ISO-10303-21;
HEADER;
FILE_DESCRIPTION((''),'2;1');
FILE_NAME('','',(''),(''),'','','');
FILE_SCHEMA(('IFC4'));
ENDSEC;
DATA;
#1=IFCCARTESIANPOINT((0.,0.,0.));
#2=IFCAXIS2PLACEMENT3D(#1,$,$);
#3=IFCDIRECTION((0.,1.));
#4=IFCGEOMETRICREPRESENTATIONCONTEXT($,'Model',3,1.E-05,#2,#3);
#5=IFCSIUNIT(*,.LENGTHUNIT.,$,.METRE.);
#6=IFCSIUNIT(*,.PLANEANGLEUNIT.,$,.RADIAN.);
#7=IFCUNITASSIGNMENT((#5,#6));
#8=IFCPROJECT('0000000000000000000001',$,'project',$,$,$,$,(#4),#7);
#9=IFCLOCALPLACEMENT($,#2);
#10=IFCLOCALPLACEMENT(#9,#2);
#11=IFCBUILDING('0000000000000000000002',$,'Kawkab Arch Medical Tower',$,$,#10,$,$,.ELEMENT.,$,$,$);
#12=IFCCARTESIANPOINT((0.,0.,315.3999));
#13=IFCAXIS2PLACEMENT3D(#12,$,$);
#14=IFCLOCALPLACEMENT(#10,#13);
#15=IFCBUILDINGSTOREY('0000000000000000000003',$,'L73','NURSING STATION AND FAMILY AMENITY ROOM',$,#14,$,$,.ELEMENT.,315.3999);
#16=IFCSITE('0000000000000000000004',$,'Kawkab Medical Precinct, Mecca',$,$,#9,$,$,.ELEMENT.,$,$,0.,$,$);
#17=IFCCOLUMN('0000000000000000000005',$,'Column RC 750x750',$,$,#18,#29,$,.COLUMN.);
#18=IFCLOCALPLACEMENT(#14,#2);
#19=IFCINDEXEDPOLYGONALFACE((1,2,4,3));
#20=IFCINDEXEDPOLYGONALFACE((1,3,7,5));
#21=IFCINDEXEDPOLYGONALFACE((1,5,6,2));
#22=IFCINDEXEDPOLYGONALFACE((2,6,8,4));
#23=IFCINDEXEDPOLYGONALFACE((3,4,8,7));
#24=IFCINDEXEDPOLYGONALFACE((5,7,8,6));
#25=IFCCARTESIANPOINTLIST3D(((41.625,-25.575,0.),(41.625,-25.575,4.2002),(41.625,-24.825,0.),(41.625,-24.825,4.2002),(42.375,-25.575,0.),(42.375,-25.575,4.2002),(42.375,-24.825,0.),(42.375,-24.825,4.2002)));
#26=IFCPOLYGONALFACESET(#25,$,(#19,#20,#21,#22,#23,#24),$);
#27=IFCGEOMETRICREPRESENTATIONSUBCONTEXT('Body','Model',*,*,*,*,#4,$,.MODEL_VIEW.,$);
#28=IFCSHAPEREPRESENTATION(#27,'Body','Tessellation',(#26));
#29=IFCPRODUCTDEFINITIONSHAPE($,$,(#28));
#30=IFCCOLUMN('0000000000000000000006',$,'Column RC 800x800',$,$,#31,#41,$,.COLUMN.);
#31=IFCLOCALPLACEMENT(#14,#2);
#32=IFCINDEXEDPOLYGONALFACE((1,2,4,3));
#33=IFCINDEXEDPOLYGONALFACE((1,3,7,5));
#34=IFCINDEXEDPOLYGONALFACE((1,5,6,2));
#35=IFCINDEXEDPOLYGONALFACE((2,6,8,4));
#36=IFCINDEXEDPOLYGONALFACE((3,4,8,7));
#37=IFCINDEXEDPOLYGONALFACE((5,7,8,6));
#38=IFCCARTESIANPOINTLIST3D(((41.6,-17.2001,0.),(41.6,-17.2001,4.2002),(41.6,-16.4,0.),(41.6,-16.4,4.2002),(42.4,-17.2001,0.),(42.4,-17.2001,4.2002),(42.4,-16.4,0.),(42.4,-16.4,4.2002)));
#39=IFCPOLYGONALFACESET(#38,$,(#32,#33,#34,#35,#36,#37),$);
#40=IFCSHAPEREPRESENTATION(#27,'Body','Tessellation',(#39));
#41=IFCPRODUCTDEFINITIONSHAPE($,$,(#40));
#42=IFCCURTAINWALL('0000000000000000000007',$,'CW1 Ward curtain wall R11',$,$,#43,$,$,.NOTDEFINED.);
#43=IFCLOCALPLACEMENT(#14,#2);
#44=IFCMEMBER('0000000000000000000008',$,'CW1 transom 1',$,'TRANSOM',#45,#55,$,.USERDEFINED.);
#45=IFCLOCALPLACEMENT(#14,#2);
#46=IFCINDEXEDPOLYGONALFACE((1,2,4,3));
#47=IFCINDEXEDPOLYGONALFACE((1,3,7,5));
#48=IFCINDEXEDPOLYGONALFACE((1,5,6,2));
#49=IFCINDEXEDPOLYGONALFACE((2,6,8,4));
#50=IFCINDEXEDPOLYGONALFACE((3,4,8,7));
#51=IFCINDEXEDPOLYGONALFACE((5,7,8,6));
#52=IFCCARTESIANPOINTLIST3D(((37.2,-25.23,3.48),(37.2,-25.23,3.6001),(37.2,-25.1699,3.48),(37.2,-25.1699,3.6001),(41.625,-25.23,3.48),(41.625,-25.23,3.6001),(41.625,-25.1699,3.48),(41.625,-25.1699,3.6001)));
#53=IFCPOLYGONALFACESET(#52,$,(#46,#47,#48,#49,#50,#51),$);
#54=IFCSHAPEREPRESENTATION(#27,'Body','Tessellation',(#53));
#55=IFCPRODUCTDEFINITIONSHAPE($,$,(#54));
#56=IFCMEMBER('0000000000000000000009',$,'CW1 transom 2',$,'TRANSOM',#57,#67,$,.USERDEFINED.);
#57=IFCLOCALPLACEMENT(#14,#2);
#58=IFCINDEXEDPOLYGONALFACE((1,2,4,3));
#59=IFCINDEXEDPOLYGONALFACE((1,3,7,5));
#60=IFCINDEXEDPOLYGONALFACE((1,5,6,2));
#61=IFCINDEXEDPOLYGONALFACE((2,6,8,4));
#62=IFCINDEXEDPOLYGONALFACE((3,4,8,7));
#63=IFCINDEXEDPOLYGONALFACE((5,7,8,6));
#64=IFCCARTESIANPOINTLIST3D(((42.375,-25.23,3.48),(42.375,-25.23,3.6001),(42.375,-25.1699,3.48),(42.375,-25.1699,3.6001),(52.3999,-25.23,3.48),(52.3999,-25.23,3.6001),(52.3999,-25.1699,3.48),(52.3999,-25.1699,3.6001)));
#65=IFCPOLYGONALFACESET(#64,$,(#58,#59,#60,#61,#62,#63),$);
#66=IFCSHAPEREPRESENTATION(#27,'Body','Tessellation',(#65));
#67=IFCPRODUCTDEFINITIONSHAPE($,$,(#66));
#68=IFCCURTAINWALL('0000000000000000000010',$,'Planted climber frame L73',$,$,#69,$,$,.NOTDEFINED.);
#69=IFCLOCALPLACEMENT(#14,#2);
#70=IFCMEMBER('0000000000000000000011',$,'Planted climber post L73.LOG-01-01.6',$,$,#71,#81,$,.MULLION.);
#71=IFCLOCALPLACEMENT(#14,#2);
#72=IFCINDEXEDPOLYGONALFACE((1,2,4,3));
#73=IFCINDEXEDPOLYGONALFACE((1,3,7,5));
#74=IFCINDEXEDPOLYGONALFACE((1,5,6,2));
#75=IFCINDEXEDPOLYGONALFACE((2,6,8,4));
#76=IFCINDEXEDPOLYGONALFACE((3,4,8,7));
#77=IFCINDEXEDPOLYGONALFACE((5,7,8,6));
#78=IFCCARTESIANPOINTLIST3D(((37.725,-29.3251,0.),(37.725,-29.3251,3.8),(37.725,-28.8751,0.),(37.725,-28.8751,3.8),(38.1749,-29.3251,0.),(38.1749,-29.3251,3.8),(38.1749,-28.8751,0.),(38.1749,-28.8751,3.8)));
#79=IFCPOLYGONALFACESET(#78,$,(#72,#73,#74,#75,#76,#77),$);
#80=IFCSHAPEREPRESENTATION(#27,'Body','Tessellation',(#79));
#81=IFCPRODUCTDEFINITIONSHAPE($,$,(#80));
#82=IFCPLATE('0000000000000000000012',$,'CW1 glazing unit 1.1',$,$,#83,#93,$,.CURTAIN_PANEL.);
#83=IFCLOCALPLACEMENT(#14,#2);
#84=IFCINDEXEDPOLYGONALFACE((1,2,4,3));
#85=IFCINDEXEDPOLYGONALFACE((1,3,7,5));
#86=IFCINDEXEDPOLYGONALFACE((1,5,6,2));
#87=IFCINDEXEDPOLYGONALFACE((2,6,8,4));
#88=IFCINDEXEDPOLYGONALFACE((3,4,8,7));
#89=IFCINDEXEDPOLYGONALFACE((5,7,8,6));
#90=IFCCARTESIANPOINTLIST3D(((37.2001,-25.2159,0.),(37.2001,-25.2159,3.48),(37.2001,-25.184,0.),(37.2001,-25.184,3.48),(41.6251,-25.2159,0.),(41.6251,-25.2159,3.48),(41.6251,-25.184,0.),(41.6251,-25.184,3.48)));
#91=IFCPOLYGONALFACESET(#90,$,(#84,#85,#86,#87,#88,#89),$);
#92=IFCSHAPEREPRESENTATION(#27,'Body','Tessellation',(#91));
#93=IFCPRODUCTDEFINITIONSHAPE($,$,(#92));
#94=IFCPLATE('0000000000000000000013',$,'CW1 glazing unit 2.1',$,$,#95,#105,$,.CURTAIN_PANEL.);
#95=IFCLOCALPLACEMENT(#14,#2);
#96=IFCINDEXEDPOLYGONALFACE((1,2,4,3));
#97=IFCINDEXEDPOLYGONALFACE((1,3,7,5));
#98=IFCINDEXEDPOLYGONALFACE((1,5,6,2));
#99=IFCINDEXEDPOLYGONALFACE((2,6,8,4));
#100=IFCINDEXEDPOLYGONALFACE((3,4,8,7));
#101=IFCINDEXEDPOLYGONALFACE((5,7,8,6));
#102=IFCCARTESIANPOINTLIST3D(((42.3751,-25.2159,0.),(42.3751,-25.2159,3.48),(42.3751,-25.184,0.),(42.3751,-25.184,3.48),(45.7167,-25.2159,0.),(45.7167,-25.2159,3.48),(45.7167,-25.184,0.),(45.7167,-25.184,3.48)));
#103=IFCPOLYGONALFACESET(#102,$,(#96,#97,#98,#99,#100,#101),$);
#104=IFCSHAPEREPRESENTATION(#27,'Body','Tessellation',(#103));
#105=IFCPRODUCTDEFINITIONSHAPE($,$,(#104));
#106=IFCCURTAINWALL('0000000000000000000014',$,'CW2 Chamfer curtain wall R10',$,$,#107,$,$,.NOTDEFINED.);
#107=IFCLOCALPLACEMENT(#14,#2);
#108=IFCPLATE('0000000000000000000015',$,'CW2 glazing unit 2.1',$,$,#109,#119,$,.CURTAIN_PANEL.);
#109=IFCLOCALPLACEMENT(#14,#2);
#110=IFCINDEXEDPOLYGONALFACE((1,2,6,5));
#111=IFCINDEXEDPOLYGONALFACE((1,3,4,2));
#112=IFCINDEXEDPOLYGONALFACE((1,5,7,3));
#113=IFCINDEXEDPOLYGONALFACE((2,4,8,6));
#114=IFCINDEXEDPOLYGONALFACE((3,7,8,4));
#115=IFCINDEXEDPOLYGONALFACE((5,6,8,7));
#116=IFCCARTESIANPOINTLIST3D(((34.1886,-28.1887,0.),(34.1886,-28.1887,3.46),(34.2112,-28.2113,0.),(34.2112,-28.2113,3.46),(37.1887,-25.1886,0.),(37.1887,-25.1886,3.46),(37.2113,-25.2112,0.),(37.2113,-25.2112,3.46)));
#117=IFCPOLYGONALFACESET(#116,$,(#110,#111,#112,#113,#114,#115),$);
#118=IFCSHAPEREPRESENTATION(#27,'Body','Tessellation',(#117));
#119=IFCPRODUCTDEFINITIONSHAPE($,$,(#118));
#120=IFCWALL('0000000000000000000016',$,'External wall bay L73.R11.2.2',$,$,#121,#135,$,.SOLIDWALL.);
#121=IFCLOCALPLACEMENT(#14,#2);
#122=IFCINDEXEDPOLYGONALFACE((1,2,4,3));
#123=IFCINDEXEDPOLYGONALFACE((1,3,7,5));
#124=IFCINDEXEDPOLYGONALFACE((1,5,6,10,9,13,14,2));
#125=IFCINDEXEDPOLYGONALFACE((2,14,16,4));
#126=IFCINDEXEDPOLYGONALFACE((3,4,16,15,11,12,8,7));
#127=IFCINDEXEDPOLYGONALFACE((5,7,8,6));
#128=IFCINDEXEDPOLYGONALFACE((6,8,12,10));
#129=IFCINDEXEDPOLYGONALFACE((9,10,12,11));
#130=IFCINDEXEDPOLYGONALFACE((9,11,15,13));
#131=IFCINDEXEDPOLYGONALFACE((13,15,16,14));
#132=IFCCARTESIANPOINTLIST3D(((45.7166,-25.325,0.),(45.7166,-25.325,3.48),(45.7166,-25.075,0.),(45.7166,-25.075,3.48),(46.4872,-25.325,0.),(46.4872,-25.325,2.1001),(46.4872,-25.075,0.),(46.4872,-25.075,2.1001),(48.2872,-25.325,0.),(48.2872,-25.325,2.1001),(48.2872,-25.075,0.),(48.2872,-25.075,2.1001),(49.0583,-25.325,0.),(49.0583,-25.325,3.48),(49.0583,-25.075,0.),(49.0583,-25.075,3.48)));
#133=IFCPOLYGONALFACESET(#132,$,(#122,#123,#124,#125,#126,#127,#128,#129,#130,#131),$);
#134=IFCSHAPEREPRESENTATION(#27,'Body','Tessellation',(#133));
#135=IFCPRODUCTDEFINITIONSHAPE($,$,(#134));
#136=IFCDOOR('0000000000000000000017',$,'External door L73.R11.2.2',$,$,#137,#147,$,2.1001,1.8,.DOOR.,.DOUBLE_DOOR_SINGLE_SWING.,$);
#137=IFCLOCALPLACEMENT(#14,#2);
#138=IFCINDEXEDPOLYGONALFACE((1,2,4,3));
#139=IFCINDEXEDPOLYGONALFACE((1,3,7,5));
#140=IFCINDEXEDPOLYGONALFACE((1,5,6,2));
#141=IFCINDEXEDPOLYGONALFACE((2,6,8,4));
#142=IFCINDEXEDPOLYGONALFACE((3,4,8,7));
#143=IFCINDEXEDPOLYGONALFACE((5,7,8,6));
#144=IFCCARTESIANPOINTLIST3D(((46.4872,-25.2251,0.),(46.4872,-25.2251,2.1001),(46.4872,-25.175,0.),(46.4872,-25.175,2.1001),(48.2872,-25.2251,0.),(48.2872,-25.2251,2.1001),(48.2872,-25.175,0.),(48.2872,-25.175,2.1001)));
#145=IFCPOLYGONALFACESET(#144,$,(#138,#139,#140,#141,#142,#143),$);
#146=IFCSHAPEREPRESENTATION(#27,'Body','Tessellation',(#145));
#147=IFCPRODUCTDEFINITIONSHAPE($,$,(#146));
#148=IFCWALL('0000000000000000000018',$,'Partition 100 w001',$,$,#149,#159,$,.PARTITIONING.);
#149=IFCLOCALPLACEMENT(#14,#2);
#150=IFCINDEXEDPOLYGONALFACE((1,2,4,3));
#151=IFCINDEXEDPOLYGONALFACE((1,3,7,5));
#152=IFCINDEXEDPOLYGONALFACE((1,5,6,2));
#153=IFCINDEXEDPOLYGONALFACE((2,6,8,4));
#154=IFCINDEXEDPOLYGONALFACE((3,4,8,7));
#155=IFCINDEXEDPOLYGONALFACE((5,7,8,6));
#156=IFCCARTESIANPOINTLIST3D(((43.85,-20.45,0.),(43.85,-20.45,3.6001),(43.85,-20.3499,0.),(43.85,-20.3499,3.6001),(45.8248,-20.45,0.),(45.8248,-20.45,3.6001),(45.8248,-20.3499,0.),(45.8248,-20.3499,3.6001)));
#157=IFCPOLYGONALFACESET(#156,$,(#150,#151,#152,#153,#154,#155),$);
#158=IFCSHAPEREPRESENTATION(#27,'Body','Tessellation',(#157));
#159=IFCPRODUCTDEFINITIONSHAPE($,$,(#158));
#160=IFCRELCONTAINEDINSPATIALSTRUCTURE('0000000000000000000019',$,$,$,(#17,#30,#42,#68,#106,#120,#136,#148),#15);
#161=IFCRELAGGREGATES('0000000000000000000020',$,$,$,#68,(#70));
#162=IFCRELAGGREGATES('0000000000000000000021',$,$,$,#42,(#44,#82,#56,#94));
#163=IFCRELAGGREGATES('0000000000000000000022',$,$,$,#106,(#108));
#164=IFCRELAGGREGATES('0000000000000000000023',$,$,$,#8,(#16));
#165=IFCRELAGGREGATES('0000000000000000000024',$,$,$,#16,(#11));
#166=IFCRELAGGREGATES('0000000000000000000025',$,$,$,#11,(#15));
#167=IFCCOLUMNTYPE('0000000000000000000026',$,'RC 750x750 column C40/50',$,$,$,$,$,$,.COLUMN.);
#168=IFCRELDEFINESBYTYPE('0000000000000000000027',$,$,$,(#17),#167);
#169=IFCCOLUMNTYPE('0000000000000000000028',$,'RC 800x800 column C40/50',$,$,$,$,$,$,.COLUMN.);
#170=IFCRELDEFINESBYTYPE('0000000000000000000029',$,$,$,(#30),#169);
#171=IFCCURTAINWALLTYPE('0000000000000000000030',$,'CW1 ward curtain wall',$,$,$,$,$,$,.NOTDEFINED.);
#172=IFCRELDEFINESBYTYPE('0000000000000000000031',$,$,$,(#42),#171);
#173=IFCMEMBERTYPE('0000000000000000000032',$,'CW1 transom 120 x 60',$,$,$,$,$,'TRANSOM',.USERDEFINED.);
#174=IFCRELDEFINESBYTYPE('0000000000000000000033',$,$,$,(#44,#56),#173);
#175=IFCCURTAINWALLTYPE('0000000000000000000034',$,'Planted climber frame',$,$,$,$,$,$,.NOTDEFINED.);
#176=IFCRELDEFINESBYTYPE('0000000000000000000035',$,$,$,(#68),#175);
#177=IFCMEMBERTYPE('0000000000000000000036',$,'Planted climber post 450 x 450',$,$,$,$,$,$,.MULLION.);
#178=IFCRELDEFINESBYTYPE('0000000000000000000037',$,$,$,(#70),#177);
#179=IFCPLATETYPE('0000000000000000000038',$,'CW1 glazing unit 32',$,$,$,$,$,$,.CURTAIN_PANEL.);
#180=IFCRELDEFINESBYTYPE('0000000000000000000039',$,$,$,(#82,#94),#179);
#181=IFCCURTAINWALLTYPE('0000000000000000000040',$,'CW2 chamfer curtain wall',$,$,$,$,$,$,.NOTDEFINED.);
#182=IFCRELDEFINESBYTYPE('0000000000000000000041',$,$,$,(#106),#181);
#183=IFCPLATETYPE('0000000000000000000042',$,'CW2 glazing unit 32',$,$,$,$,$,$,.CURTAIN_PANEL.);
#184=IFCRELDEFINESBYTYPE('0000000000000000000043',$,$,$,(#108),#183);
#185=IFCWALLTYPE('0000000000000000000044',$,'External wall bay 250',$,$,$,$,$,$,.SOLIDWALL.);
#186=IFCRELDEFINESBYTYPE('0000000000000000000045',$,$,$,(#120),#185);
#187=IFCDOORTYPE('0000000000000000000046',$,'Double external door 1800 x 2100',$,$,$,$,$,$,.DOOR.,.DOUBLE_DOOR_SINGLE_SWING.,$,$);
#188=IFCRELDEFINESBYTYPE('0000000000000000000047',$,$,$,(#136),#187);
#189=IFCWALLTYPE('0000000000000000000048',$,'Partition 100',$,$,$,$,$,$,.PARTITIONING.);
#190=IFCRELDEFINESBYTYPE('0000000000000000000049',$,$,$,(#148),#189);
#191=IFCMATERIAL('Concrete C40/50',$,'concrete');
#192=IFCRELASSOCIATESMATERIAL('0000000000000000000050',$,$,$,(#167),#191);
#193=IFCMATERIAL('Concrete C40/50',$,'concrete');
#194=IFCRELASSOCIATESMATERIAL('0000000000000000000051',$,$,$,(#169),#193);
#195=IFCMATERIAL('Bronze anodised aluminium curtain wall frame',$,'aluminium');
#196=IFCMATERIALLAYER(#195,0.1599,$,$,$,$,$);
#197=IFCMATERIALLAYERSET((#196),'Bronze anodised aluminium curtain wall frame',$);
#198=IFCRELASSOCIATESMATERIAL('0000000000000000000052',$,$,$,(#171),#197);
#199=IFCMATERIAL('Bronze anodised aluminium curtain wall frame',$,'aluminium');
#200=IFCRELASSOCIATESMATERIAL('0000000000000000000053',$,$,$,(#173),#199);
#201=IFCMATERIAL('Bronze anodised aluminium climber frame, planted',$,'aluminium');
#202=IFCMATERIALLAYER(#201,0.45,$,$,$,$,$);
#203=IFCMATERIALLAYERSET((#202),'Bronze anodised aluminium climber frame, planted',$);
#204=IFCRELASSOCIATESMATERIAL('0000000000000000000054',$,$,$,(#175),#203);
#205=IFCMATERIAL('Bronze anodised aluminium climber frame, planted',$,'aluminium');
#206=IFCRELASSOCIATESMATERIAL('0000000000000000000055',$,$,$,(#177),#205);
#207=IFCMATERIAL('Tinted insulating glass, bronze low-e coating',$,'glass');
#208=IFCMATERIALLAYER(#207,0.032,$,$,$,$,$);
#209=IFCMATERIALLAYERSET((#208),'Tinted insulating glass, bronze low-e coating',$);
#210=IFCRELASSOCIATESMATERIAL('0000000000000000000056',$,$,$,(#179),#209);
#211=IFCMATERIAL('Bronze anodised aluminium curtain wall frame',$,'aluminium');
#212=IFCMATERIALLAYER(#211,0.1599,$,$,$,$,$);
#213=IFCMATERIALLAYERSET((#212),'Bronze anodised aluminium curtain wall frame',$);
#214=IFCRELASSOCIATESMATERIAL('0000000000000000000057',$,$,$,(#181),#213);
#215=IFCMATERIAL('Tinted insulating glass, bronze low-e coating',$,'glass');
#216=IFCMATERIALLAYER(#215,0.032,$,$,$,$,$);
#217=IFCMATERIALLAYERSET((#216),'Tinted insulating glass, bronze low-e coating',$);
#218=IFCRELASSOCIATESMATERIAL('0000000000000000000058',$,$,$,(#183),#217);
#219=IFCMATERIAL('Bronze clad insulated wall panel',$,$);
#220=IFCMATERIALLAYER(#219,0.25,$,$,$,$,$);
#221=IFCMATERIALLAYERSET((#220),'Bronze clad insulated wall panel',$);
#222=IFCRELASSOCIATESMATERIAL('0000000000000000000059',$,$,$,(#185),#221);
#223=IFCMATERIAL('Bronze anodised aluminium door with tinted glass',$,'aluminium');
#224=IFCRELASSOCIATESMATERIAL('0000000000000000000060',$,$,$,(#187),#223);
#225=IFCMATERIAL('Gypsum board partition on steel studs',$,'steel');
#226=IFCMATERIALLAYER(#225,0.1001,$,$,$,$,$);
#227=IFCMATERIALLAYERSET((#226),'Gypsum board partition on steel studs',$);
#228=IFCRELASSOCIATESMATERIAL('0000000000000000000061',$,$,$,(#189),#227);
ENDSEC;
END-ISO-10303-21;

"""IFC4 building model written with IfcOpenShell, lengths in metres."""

from ifc_helpers import new_model, si_unit, direction, frame, frame_2d, origin, origin_2d, place, context, subcontext, project, spatial, rectangle, extrude, material, layer, layer_set, material_profile, profile_set, type_object, element, fill, aggregate, save


model = new_model("IFC4")

# Units and contexts
model_context = context("Model", 3, precision=1e-05, world=origin(), true_north=direction((0.0, 1.0)))
body_context = subcontext(model_context, "Body", "Model", "MODEL_VIEW")
ifc_project = project(units=[si_unit("LENGTHUNIT", "METRE"), si_unit("PLANEANGLEUNIT", "RADIAN")], contexts=[model_context])

# Site, building, storey
site_placement = place(None, origin())
site = spatial("IfcSite", under=ifc_project, at=site_placement, Name="Kawkab Medical Precinct, Mecca", CompositionType="ELEMENT", RefElevation=0.0)
building_placement = place(site_placement, origin())
building = spatial("IfcBuilding", under=site, at=building_placement, Name="Kawkab Arch Medical Tower", CompositionType="ELEMENT")
storey_placement = place(building_placement, frame((0.0, 0.0, 315.3999)))
storey = spatial("IfcBuildingStorey", under=building, at=storey_placement, Name="L73", Description="NURSING STATION AND FAMILY AMENITY ROOM", CompositionType="ELEMENT", Elevation=315.3999)

# Columns
ifc_material_1 = material(Name="Concrete C40/50", Category="concrete")
ifc_material_profile_1 = material_profile(ifc_material_1, rectangle(XDim=0.75, YDim=0.75, at=origin_2d()), Name="RC 750x750")
ifc_profile_set_1 = profile_set([ifc_material_profile_1], Name="Concrete C40/50")
column_type_1 = type_object("IfcColumnType", Name="RC 750x750 column C40/50", PredefinedType="COLUMN", material=ifc_profile_set_1)
column_1_placement = place(storey_placement, frame((42.0, -25.2, 0.0), z_axis=(0.0, 0.0, 1.0), x_axis=(1.0, 0.0, 0.0)))
element("IfcColumn", 1, at=column_1_placement, inside=storey, type_object=column_type_1, Name="Column RC 750x750", PredefinedType="COLUMN", context=body_context, shape_type="SweptSolid", body=[
    extrude(rectangle(XDim=0.75, YDim=0.75, at=origin_2d()), origin(), (0.0, 0.0, 1.0), 4.2002),
])
ifc_material_2 = material(Name="Concrete C40/50", Category="concrete")
ifc_material_profile_2 = material_profile(ifc_material_2, rectangle(XDim=0.8, YDim=0.8, at=origin_2d()), Name="RC 800x800")
ifc_profile_set_2 = profile_set([ifc_material_profile_2], Name="Concrete C40/50")
column_type_2 = type_object("IfcColumnType", Name="RC 800x800 column C40/50", PredefinedType="COLUMN", material=ifc_profile_set_2)
column_2_placement = place(storey_placement, frame((42.0, -16.8, 0.0), z_axis=(0.0, 0.0, 1.0), x_axis=(1.0, 0.0, 0.0)))
element("IfcColumn", 2, at=column_2_placement, inside=storey, type_object=column_type_2, Name="Column RC 800x800", PredefinedType="COLUMN", context=body_context, shape_type="SweptSolid", body=[
    extrude(rectangle(XDim=0.8, YDim=0.8, at=origin_2d()), origin(), (0.0, 0.0, 1.0), 4.2002),
])

# Curtain wall, members
ifc_material_3 = material(Name="Bronze anodised aluminium curtain wall frame", Category="aluminium")
ifc_layer_1 = layer(ifc_material_3, 0.1599)
ifc_layer_set_1 = layer_set([ifc_layer_1], Name="Bronze anodised aluminium curtain wall frame")
curtain_wall_type_1 = type_object("IfcCurtainWallType", Name="CW1 ward curtain wall", PredefinedType="NOTDEFINED", material=ifc_layer_set_1)
placement = place(storey_placement, origin())
curtain_wall_1 = element("IfcCurtainWall", 3, at=placement, inside=storey, type_object=curtain_wall_type_1, Name="CW1 Ward curtain wall R11", PredefinedType="NOTDEFINED")
ifc_material_4 = material(Name="Bronze anodised aluminium curtain wall frame", Category="aluminium")
ifc_material_profile_3 = material_profile(ifc_material_4, rectangle(XDim=0.0601, YDim=0.1201, at=origin_2d()), Name="AL 60x120")
ifc_profile_set_3 = profile_set([ifc_material_profile_3], Name="Bronze anodised aluminium curtain wall frame")
member_type_1 = type_object("IfcMemberType", Name="CW1 transom 120 x 60", ElementType="TRANSOM", PredefinedType="USERDEFINED", material=ifc_profile_set_3)
member_1_placement = place(storey_placement, frame((37.2, -25.2, 3.54), z_axis=(1.0, 0.0, 0.0), x_axis=(0.0, 1.0, 0.0)))
member_1 = element("IfcMember", 4, at=member_1_placement, type_object=member_type_1, Name="CW1 transom 1", ObjectType="TRANSOM", PredefinedType="USERDEFINED", context=body_context, shape_type="SweptSolid", body=[
    extrude(rectangle(XDim=0.0601, YDim=0.1201, at=origin_2d()), origin(), (0.0, 0.0, 1.0), 4.425),
])
member_2_placement = place(storey_placement, frame((42.375, -25.2, 3.54), z_axis=(1.0, 0.0, 0.0), x_axis=(0.0, 1.0, 0.0)))
member_2 = element("IfcMember", 5, at=member_2_placement, type_object=member_type_1, Name="CW1 transom 2", ObjectType="TRANSOM", PredefinedType="USERDEFINED", context=body_context, shape_type="SweptSolid", body=[
    extrude(rectangle(XDim=0.0601, YDim=0.1201, at=origin_2d()), origin(), (0.0, 0.0, 1.0), 10.0249),
])

# Curtain wall, member
ifc_material_5 = material(Name="Bronze anodised aluminium climber frame, planted", Category="aluminium")
ifc_layer_2 = layer(ifc_material_5, 0.45)
ifc_layer_set_2 = layer_set([ifc_layer_2], Name="Bronze anodised aluminium climber frame, planted")
curtain_wall_type_2 = type_object("IfcCurtainWallType", Name="Planted climber frame", PredefinedType="NOTDEFINED", material=ifc_layer_set_2)
curtain_wall_2 = element("IfcCurtainWall", 6, at=placement, inside=storey, type_object=curtain_wall_type_2, Name="Planted climber frame L73", PredefinedType="NOTDEFINED")
ifc_material_6 = material(Name="Bronze anodised aluminium climber frame, planted", Category="aluminium")
ifc_material_profile_4 = material_profile(ifc_material_6, rectangle(XDim=0.45, YDim=0.45, at=origin_2d()), Name="Post 450x450")
ifc_profile_set_4 = profile_set([ifc_material_profile_4], Name="Bronze anodised aluminium climber frame, planted")
member_type_2 = type_object("IfcMemberType", Name="Planted climber post 450 x 450", PredefinedType="MULLION", material=ifc_profile_set_4)
member_3_placement = place(storey_placement, frame((37.95, -29.1001, 0.0), z_axis=(0.0, 0.0, 1.0), x_axis=(1.0, 0.0, 0.0)))
member_3 = element("IfcMember", 7, at=member_3_placement, type_object=member_type_2, Name="Planted climber post L73.LOG-01-01.6", PredefinedType="MULLION", context=body_context, shape_type="SweptSolid", body=[
    extrude(rectangle(XDim=0.45, YDim=0.45, at=origin_2d()), origin(), (0.0, 0.0, 1.0), 3.8),
])
aggregate(curtain_wall_2, [member_3])

# Plates
ifc_material_7 = material(Name="Tinted insulating glass, bronze low-e coating", Category="glass")
ifc_layer_3 = layer(ifc_material_7, 0.032)
ifc_layer_set_3 = layer_set([ifc_layer_3], Name="Tinted insulating glass, bronze low-e coating")
plate_type_1 = type_object("IfcPlateType", Name="CW1 glazing unit 32", PredefinedType="CURTAIN_PANEL", material=ifc_layer_set_3)
plate_1_placement = place(storey_placement, frame((39.4126, -25.2, 0.0), z_axis=(0.0, 0.0, 1.0), x_axis=(1.0, 0.0, 0.0)))
plate_1 = element("IfcPlate", 8, at=plate_1_placement, type_object=plate_type_1, Name="CW1 glazing unit 1.1", PredefinedType="CURTAIN_PANEL", context=body_context, shape_type="SweptSolid", body=[
    extrude(rectangle(XDim=4.425, YDim=0.032, at=origin_2d()), origin(), (0.0, 0.0, 1.0), 3.48),
])
plate_2_placement = place(storey_placement, frame((44.0459, -25.2, 0.0), z_axis=(0.0, 0.0, 1.0), x_axis=(1.0, 0.0, 0.0)))
plate_2 = element("IfcPlate", 9, at=plate_2_placement, type_object=plate_type_1, Name="CW1 glazing unit 2.1", PredefinedType="CURTAIN_PANEL", context=body_context, shape_type="SweptSolid", body=[
    extrude(rectangle(XDim=3.3416, YDim=0.032, at=origin_2d()), origin(), (0.0, 0.0, 1.0), 3.48),
])
aggregate(curtain_wall_1, [member_1, plate_1, member_2, plate_2])

# Curtain wall, plate
ifc_material_8 = material(Name="Bronze anodised aluminium curtain wall frame", Category="aluminium")
ifc_layer_4 = layer(ifc_material_8, 0.1599)
ifc_layer_set_4 = layer_set([ifc_layer_4], Name="Bronze anodised aluminium curtain wall frame")
curtain_wall_type_3 = type_object("IfcCurtainWallType", Name="CW2 chamfer curtain wall", PredefinedType="NOTDEFINED", material=ifc_layer_set_4)
curtain_wall_3 = element("IfcCurtainWall", 10, at=placement, inside=storey, type_object=curtain_wall_type_3, Name="CW2 Chamfer curtain wall R10", PredefinedType="NOTDEFINED")
ifc_material_9 = material(Name="Tinted insulating glass, bronze low-e coating", Category="glass")
ifc_layer_5 = layer(ifc_material_9, 0.032)
ifc_layer_set_5 = layer_set([ifc_layer_5], Name="Tinted insulating glass, bronze low-e coating")
plate_type_2 = type_object("IfcPlateType", Name="CW2 glazing unit 32", PredefinedType="CURTAIN_PANEL", material=ifc_layer_set_5)
plate_3_placement = place(storey_placement, frame((35.7, -26.7, 0.0), z_axis=(0.0, 0.0, 1.0), x_axis=(0.707107, 0.707107, 0.0)))
plate_3 = element("IfcPlate", 11, at=plate_3_placement, type_object=plate_type_2, Name="CW2 glazing unit 2.1", PredefinedType="CURTAIN_PANEL", context=body_context, shape_type="SweptSolid", body=[
    extrude(rectangle(XDim=4.2427, YDim=0.032, at=origin_2d()), origin(), (0.0, 0.0, 1.0), 3.46),
])
aggregate(curtain_wall_3, [plate_3])

# Wall, opening, door
ifc_material_10 = material(Name="Bronze clad insulated wall panel")
ifc_layer_6 = layer(ifc_material_10, 0.25)
ifc_layer_set_6 = layer_set([ifc_layer_6], Name="Bronze clad insulated wall panel")
wall_type_1 = type_object("IfcWallType", Name="External wall bay 250", PredefinedType="SOLIDWALL", material=ifc_layer_set_6)
wall_1_placement = place(storey_placement, frame((45.7166, -25.2, 0.0), z_axis=(0.0, 0.0, 1.0), x_axis=(1.0, 0.0, 0.0)))
wall_1 = element("IfcWall", 12, at=wall_1_placement, inside=storey, type_object=wall_type_1, Name="External wall bay L73.R11.2.2", PredefinedType="SOLIDWALL", context=body_context, shape_type="SweptSolid", body=[
    extrude(rectangle(XDim=3.3418, YDim=0.25, at=frame_2d((1.6709, 0.0))), origin(), (0.0, 0.0, 1.0), 3.48),
])
opening_1_placement = place(wall_1_placement, frame((0.7708, 0.0, 0.0)))
opening_1 = element("IfcOpeningElement", 13, at=opening_1_placement, cuts=wall_1, PredefinedType="OPENING", context=body_context, shape_type="SweptSolid", body=[
    extrude(rectangle(XDim=1.8, YDim=2.1001, at=frame_2d((0.8999, 1.05))), frame((0.0, 0.135, 0.0), z_axis=(0.0, -1.0, 0.0), x_axis=(1.0, 0.0, 0.0)), (0.0, 0.0, 1.0), 0.27),
])
ifc_material_11 = material(Name="Bronze anodised aluminium door with tinted glass", Category="aluminium")
door_type_1 = type_object("IfcDoorType", Name="Double external door 1800 x 2100", OperationType="DOUBLE_DOOR_SINGLE_SWING", PredefinedType="DOOR", material=ifc_material_11)
door_1_placement = place(opening_1_placement, origin())
door_1 = element("IfcDoor", 14, at=door_1_placement, inside=storey, type_object=door_type_1, Name="External door L73.R11.2.2", OperationType="DOUBLE_DOOR_SINGLE_SWING", OverallHeight=2.1001, OverallWidth=1.8, PredefinedType="DOOR", context=body_context, shape_type="SweptSolid", body=[
    extrude(rectangle(XDim=1.8, YDim=2.1001, at=frame_2d((0.8999, 1.05))), frame((0.0, 0.0249, 0.0), z_axis=(0.0, -1.0, 0.0), x_axis=(1.0, 0.0, 0.0)), (0.0, 0.0, 1.0), 0.05),
])
fill(opening_1, door_1)

# Wall
ifc_material_12 = material(Name="Gypsum board partition on steel studs", Category="steel")
ifc_layer_7 = layer(ifc_material_12, 0.1001)
ifc_layer_set_7 = layer_set([ifc_layer_7], Name="Gypsum board partition on steel studs")
wall_type_2 = type_object("IfcWallType", Name="Partition 100", PredefinedType="PARTITIONING", material=ifc_layer_set_7)
wall_2_placement = place(storey_placement, frame((43.8501, -20.3999, 0.0), z_axis=(0.0, 0.0, 1.0), x_axis=(1.0, 0.0, 0.0)))
element("IfcWall", 15, at=wall_2_placement, inside=storey, type_object=wall_type_2, Name="Partition 100 w001", PredefinedType="PARTITIONING", context=body_context, shape_type="SweptSolid", body=[
    extrude(rectangle(XDim=1.9749, YDim=0.1001, at=frame_2d((0.9873, 0.0))), origin(), (0.0, 0.0, 1.0), 3.6001),
])

save(model, "model.ifc")
